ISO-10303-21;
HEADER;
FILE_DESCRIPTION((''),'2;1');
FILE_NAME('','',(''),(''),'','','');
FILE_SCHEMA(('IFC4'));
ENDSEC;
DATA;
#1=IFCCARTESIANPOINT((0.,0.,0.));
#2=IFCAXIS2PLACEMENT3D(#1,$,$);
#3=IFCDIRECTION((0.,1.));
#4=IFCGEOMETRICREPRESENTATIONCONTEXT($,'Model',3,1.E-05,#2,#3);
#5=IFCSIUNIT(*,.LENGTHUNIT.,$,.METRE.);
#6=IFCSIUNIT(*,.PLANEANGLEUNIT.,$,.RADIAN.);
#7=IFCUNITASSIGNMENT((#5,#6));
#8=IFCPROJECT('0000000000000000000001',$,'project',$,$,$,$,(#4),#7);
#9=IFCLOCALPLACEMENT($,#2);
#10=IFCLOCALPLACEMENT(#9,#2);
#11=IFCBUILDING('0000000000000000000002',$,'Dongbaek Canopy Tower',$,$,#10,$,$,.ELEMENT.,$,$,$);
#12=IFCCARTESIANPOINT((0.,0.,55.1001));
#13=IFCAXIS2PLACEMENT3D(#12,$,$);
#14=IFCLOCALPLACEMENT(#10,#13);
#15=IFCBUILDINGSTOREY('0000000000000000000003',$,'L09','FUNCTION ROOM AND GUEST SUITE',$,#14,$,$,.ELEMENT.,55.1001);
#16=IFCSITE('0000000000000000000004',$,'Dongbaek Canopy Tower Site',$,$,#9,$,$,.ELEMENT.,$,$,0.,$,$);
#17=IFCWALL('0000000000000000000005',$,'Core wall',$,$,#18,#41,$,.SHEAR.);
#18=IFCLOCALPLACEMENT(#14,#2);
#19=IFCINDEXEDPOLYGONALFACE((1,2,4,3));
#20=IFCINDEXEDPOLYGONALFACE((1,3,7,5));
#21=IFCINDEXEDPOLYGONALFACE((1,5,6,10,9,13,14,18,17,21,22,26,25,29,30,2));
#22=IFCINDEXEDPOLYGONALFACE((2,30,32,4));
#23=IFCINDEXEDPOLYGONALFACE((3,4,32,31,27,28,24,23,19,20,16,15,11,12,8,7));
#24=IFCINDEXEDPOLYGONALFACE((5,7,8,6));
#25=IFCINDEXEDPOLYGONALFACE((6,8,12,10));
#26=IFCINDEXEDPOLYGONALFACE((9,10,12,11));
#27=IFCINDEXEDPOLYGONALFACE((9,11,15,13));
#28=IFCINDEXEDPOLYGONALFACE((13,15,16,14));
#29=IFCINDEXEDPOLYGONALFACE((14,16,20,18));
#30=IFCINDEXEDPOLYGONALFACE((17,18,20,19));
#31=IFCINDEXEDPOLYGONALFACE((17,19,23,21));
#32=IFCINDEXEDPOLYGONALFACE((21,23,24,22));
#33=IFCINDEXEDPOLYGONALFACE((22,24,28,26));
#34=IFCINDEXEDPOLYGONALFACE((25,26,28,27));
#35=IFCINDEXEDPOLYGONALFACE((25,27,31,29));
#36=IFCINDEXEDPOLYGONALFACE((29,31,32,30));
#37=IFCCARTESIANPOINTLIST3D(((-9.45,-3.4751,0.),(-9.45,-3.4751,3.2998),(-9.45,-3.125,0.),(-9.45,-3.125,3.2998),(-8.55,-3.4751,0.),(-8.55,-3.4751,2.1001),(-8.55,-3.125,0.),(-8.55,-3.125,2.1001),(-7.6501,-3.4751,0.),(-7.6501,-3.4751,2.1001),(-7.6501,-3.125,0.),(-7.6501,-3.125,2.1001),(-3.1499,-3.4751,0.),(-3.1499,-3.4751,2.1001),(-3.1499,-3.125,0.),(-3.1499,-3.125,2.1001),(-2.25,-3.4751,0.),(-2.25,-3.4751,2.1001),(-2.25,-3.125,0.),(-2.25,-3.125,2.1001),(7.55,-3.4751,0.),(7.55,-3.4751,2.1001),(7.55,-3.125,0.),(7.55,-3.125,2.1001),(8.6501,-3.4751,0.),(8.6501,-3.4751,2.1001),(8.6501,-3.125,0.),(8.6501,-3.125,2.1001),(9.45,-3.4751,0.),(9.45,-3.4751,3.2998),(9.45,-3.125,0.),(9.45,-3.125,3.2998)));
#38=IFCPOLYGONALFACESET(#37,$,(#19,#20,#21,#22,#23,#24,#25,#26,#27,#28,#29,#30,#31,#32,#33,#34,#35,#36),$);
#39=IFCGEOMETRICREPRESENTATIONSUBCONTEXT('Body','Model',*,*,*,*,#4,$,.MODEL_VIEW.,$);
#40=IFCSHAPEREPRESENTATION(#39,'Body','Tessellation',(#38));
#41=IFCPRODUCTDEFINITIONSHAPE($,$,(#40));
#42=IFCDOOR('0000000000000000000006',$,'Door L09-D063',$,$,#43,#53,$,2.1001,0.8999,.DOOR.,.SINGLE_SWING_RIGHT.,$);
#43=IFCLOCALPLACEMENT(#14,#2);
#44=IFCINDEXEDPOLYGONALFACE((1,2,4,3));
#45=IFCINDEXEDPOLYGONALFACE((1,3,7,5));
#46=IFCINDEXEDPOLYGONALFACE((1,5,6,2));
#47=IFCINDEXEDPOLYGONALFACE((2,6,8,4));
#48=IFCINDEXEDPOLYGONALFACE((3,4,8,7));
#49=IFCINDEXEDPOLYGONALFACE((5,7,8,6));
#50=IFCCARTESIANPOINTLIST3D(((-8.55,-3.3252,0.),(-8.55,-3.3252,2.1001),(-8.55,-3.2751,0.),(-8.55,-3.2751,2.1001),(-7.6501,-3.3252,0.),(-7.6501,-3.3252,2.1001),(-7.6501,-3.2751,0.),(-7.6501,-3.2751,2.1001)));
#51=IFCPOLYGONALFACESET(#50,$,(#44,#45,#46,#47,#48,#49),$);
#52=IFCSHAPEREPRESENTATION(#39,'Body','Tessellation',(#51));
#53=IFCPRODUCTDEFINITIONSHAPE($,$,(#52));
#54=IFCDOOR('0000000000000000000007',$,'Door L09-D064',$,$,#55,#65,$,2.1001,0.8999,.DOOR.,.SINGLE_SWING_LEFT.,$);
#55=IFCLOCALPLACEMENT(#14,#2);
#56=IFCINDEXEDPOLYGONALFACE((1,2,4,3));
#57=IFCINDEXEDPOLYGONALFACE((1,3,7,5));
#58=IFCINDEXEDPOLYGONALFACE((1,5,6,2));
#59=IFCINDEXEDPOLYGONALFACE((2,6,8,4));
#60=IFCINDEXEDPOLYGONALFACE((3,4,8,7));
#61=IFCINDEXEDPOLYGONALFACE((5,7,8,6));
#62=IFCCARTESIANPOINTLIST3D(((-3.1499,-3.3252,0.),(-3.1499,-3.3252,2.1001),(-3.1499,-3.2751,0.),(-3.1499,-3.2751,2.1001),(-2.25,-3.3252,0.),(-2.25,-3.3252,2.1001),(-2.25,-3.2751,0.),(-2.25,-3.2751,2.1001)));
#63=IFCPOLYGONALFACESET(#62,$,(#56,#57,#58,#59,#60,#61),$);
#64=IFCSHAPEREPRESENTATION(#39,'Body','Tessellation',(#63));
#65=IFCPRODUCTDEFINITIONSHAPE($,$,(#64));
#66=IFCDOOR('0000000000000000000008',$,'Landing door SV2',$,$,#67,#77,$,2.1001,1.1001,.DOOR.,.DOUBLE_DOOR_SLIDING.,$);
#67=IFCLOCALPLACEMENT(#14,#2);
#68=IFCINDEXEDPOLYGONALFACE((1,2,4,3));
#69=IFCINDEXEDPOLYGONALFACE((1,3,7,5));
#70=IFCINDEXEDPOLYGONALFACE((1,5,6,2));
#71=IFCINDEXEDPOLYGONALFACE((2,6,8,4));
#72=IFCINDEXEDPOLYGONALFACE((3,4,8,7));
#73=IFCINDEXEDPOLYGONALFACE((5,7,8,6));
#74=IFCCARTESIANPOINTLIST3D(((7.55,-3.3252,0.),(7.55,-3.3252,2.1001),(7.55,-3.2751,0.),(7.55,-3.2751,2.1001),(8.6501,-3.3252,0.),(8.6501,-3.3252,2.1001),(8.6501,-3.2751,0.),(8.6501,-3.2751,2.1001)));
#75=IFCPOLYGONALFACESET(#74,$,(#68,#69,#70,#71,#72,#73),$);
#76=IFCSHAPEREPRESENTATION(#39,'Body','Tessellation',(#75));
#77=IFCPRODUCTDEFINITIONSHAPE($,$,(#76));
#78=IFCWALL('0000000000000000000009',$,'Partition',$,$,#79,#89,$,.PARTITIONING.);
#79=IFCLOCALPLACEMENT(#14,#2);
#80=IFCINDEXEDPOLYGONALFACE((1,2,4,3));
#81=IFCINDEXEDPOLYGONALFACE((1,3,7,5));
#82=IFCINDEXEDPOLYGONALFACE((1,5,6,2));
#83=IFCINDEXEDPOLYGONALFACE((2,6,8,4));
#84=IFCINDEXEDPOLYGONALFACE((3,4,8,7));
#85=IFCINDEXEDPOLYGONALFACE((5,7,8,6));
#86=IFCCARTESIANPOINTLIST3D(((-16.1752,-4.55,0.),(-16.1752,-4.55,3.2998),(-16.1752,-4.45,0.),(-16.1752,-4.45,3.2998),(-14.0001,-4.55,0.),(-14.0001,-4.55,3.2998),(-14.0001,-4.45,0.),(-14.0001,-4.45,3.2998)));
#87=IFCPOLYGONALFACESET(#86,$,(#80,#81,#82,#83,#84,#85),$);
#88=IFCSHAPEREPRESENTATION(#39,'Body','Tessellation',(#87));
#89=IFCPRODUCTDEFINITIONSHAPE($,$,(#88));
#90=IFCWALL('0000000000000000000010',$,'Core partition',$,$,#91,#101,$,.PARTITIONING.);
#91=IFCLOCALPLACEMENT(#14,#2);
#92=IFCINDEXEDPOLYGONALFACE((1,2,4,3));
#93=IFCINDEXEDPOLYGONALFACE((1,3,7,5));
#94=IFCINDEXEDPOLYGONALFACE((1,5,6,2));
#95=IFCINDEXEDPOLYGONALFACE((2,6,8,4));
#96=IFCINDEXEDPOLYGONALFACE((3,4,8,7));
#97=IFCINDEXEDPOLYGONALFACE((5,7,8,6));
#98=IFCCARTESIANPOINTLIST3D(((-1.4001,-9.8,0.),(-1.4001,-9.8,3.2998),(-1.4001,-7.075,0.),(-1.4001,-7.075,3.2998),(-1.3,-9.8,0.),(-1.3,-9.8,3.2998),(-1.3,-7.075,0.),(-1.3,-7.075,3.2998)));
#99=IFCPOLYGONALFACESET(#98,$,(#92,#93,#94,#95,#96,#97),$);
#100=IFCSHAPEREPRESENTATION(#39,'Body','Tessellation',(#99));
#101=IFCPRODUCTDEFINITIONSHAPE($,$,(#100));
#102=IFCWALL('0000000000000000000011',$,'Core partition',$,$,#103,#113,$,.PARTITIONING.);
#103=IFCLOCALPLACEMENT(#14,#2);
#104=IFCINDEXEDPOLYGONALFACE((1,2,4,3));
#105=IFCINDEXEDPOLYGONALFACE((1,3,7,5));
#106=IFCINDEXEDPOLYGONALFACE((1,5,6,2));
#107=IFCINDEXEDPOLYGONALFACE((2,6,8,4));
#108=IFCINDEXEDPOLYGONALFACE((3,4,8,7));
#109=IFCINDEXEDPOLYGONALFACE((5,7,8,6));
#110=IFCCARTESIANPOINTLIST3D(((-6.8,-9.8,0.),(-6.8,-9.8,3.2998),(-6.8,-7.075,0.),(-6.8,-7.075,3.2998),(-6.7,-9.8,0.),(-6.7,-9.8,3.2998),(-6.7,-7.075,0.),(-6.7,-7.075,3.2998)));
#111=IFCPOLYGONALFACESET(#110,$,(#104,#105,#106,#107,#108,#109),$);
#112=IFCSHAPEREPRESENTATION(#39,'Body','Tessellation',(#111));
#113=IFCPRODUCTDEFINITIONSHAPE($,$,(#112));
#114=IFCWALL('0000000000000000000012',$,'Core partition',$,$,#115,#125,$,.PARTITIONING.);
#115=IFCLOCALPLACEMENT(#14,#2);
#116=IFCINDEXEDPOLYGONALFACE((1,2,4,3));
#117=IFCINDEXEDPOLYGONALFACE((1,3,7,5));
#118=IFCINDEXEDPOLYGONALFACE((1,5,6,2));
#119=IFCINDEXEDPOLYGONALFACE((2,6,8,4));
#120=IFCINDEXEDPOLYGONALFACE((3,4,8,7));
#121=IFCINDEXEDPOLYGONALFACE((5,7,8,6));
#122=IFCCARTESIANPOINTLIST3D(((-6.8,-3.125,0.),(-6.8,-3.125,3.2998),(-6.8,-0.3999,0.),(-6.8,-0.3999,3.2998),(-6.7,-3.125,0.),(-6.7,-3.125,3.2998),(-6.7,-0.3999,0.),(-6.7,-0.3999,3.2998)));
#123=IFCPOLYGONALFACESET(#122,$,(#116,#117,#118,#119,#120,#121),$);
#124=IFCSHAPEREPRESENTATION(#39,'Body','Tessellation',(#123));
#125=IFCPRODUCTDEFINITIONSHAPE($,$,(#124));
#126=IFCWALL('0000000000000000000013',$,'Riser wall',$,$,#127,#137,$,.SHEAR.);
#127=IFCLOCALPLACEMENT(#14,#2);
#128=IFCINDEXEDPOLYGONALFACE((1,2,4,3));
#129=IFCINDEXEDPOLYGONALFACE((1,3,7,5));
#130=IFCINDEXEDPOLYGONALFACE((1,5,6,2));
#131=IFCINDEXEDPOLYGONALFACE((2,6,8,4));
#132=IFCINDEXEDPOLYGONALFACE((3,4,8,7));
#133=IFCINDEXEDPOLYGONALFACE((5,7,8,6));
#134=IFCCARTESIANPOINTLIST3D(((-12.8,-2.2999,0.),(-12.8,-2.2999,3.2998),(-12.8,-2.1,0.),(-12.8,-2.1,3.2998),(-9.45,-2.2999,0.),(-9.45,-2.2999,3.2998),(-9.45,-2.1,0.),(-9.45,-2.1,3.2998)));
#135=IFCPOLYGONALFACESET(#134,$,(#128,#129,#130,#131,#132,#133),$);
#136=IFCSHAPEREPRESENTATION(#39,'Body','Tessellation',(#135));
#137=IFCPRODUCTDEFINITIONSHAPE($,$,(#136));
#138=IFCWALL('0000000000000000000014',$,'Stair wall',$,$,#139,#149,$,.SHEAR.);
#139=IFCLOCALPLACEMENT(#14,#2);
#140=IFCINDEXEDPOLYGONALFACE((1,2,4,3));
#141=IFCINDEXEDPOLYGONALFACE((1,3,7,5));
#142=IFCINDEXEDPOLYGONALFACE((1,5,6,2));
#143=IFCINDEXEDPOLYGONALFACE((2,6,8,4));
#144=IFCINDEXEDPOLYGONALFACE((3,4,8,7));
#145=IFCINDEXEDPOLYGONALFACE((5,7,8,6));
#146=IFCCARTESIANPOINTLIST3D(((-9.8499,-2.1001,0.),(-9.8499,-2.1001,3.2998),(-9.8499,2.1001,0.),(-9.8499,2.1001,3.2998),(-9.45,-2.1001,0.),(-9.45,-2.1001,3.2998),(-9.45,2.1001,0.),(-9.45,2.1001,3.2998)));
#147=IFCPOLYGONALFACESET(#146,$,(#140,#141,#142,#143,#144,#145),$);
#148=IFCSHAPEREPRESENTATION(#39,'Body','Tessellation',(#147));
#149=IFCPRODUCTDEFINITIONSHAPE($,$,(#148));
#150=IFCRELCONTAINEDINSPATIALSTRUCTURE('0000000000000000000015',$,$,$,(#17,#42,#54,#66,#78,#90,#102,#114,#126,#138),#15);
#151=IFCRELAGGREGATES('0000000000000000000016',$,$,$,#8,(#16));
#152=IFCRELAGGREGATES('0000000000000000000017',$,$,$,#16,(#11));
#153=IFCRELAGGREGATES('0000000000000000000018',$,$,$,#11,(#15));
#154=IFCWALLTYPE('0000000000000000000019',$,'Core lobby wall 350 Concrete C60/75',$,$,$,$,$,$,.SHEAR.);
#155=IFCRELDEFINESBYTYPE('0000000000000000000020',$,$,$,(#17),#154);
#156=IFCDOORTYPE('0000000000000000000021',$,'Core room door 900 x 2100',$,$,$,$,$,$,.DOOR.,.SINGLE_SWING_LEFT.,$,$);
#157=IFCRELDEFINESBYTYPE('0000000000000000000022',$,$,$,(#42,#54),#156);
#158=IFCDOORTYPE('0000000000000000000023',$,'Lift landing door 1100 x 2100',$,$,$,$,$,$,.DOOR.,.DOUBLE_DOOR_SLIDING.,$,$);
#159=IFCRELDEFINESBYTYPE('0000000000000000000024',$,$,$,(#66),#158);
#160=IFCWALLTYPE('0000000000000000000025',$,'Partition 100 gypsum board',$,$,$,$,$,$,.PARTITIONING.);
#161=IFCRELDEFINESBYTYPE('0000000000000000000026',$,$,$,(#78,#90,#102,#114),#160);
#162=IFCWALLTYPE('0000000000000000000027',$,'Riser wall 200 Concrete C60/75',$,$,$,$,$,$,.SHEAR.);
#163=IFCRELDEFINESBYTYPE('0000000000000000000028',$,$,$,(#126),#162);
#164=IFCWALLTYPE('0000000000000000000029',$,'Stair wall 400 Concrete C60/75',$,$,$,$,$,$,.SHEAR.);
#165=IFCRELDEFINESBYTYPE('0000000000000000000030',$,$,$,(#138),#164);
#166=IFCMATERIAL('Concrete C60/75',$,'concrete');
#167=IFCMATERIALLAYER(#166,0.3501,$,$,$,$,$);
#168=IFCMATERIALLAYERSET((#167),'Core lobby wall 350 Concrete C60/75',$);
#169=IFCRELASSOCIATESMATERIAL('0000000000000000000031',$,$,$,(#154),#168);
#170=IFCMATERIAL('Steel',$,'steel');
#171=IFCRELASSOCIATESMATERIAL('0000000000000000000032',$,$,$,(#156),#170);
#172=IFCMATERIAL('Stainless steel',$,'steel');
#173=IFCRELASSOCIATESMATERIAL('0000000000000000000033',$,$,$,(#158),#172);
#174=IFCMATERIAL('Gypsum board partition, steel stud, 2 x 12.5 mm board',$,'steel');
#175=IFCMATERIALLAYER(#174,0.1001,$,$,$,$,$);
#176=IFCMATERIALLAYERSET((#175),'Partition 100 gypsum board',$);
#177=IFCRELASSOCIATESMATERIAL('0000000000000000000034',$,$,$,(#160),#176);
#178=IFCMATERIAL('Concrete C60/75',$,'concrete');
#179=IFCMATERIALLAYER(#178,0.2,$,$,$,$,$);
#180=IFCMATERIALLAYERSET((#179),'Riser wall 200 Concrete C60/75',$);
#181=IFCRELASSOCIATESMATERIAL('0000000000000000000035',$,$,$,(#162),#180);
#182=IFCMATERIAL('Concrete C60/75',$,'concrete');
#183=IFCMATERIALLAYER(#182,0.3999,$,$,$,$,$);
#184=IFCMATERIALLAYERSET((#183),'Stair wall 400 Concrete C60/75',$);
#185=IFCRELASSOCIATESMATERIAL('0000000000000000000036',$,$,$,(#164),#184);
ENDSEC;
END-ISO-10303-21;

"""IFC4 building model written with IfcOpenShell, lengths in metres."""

from ifc_helpers import new_model, si_unit, direction, frame, frame_2d, origin, place, context, subcontext, project, spatial, rectangle, extrude, material, layer, layer_set, type_object, element, fill, save


model = new_model("IFC4")

# Units and contexts
model_context = context("Model", 3, precision=1e-05, world=origin(), true_north=direction((0.0, 1.0)))
body_context = subcontext(model_context, "Body", "Model", "MODEL_VIEW")
ifc_project = project(units=[si_unit("LENGTHUNIT", "METRE"), si_unit("PLANEANGLEUNIT", "RADIAN")], contexts=[model_context])

# Site, building, storey
site_placement = place(None, origin())
site = spatial("IfcSite", under=ifc_project, at=site_placement, Name="Dongbaek Canopy Tower Site", CompositionType="ELEMENT", RefElevation=0.0)
building_placement = place(site_placement, origin())
building = spatial("IfcBuilding", under=site, at=building_placement, Name="Dongbaek Canopy Tower", CompositionType="ELEMENT")
storey_placement = place(building_placement, frame((0.0, 0.0, 55.1001)))
storey = spatial("IfcBuildingStorey", under=building, at=storey_placement, Name="L09", Description="FUNCTION ROOM AND GUEST SUITE", CompositionType="ELEMENT", Elevation=55.1001)

# Wall, openings, doors
ifc_material_1 = material(Name="Concrete C60/75", Category="concrete")
ifc_layer_1 = layer(ifc_material_1, 0.3501)
ifc_layer_set_1 = layer_set([ifc_layer_1], Name="Core lobby wall 350 Concrete C60/75")
wall_type_1 = type_object("IfcWallType", Name="Core lobby wall 350 Concrete C60/75", PredefinedType="SHEAR", material=ifc_layer_set_1)
wall_1_placement = place(storey_placement, frame((-9.45, -3.3, 0.0), z_axis=(0.0, 0.0, 1.0), x_axis=(1.0, 0.0, 0.0)))
wall_1 = element("IfcWall", 1, at=wall_1_placement, inside=storey, type_object=wall_type_1, Name="Core wall", PredefinedType="SHEAR", context=body_context, shape_type="SweptSolid", body=[
    extrude(rectangle(XDim=18.8999, YDim=0.3501, at=frame_2d((9.45, 0.0))), origin(), (0.0, 0.0, 1.0), 3.2998),
])
opening_1_placement = place(wall_1_placement, frame((17.0, 0.0, 0.0)))
opening_1 = element("IfcOpeningElement", 2, at=opening_1_placement, cuts=wall_1, PredefinedType="OPENING", context=body_context, shape_type="SweptSolid", body=[
    extrude(rectangle(XDim=1.1001, YDim=2.1001, at=frame_2d((0.55, 1.05))), frame((0.0, 0.1851, 0.0), z_axis=(0.0, -1.0, 0.0), x_axis=(1.0, 0.0, 0.0)), (0.0, 0.0, 1.0), 0.3701),
])
opening_2_placement = place(wall_1_placement, frame((0.8999, 0.0, 0.0)))
opening_2 = element("IfcOpeningElement", 3, at=opening_2_placement, cuts=wall_1, PredefinedType="OPENING", context=body_context, shape_type="SweptSolid", body=[
    extrude(rectangle(XDim=0.8999, YDim=2.1001, at=frame_2d((0.45, 1.05))), frame((0.0, 0.1851, 0.0), z_axis=(0.0, -1.0, 0.0), x_axis=(1.0, 0.0, 0.0)), (0.0, 0.0, 1.0), 0.3701),
])
opening_3_placement = place(wall_1_placement, frame((6.3, 0.0, 0.0)))
opening_3 = element("IfcOpeningElement", 4, at=opening_3_placement, cuts=wall_1, PredefinedType="OPENING", context=body_context, shape_type="SweptSolid", body=[
    extrude(rectangle(XDim=0.8999, YDim=2.1001, at=frame_2d((0.45, 1.05))), frame((0.0, 0.1851, 0.0), z_axis=(0.0, -1.0, 0.0), x_axis=(1.0, 0.0, 0.0)), (0.0, 0.0, 1.0), 0.3701),
])
ifc_material_2 = material(Name="Steel", Category="steel")
door_type_1 = type_object("IfcDoorType", Name="Core room door 900 x 2100", OperationType="SINGLE_SWING_LEFT", PredefinedType="DOOR", material=ifc_material_2)
door_1_placement = place(opening_2_placement, origin())
door_1 = element("IfcDoor", 5, at=door_1_placement, inside=storey, type_object=door_type_1, Name="Door L09-D063", OperationType="SINGLE_SWING_RIGHT", OverallHeight=2.1001, OverallWidth=0.8999, PredefinedType="DOOR", context=body_context, shape_type="SweptSolid", body=[
    extrude(rectangle(XDim=0.8999, YDim=2.1001, at=frame_2d((0.45, 1.05))), frame((0.0, 0.0249, 0.0), z_axis=(0.0, -1.0, 0.0), x_axis=(1.0, 0.0, 0.0)), (0.0, 0.0, 1.0), 0.05),
])
fill(opening_2, door_1)
door_2_placement = place(opening_3_placement, origin())
door_2 = element("IfcDoor", 6, at=door_2_placement, inside=storey, type_object=door_type_1, Name="Door L09-D064", OperationType="SINGLE_SWING_LEFT", OverallHeight=2.1001, OverallWidth=0.8999, PredefinedType="DOOR", context=body_context, shape_type="SweptSolid", body=[
    extrude(rectangle(XDim=0.8999, YDim=2.1001, at=frame_2d((0.45, 1.05))), frame((0.0, 0.0249, 0.0), z_axis=(0.0, -1.0, 0.0), x_axis=(1.0, 0.0, 0.0)), (0.0, 0.0, 1.0), 0.05),
])
fill(opening_3, door_2)
ifc_material_3 = material(Name="Stainless steel", Category="steel")
door_type_2 = type_object("IfcDoorType", Name="Lift landing door 1100 x 2100", OperationType="DOUBLE_DOOR_SLIDING", PredefinedType="DOOR", material=ifc_material_3)
door_3_placement = place(opening_1_placement, origin())
door_3 = element("IfcDoor", 7, at=door_3_placement, inside=storey, type_object=door_type_2, Name="Landing door SV2", OperationType="DOUBLE_DOOR_SLIDING", OverallHeight=2.1001, OverallWidth=1.1001, PredefinedType="DOOR", context=body_context, shape_type="SweptSolid", body=[
    extrude(rectangle(XDim=1.1001, YDim=2.1001, at=frame_2d((0.55, 1.05))), frame((0.0, 0.0249, 0.0), z_axis=(0.0, -1.0, 0.0), x_axis=(1.0, 0.0, 0.0)), (0.0, 0.0, 1.0), 0.05),
])
fill(opening_1, door_3)

# Walls
ifc_material_4 = material(Name="Gypsum board partition, steel stud, 2 x 12.5 mm board", Category="steel")
ifc_layer_2 = layer(ifc_material_4, 0.1001)
ifc_layer_set_2 = layer_set([ifc_layer_2], Name="Partition 100 gypsum board")
wall_type_2 = type_object("IfcWallType", Name="Partition 100 gypsum board", PredefinedType="PARTITIONING", material=ifc_layer_set_2)
wall_2_placement = place(storey_placement, frame((-16.175, -4.5, 0.0), z_axis=(0.0, 0.0, 1.0), x_axis=(1.0, 0.0, 0.0)))
element("IfcWall", 8, at=wall_2_placement, inside=storey, type_object=wall_type_2, Name="Partition", PredefinedType="PARTITIONING", context=body_context, shape_type="SweptSolid", body=[
    extrude(rectangle(XDim=2.175, YDim=0.1001, at=frame_2d((1.0874, 0.0))), origin(), (0.0, 0.0, 1.0), 3.2998),
])
for number, where, z_axis, x_axis, name in (
    (9, (-1.3501, -9.8, 0.0), (0.0, 0.0, 1.0), (0.0, 1.0, 0.0), "Core partition"),
    (10, (-6.75, -9.8, 0.0), (0.0, 0.0, 1.0), (0.0, 1.0, 0.0), "Core partition"),
    (11, (-6.75, -3.125, 0.0), (0.0, 0.0, 1.0), (0.0, 1.0, 0.0), "Core partition"),
):
    element("IfcWall", number, at=place(storey_placement, frame(where, z_axis=z_axis, x_axis=x_axis)), inside=storey, type_object=wall_type_2, Name=name, PredefinedType="PARTITIONING", context=body_context, shape_type="SweptSolid", body=[
        extrude(rectangle(XDim=2.7251, YDim=0.1001, at=frame_2d((1.3625, 0.0))), origin(), (0.0, 0.0, 1.0), 3.2998),
    ])
ifc_material_5 = material(Name="Concrete C60/75", Category="concrete")
ifc_layer_3 = layer(ifc_material_5, 0.2)
ifc_layer_set_3 = layer_set([ifc_layer_3], Name="Riser wall 200 Concrete C60/75")
wall_type_3 = type_object("IfcWallType", Name="Riser wall 200 Concrete C60/75", PredefinedType="SHEAR", material=ifc_layer_set_3)
wall_3_placement = place(storey_placement, frame((-9.45, -2.2, 0.0), z_axis=(0.0, 0.0, 1.0), x_axis=(-1.0, 0.0, 0.0)))
element("IfcWall", 12, at=wall_3_placement, inside=storey, type_object=wall_type_3, Name="Riser wall", PredefinedType="SHEAR", context=body_context, shape_type="SweptSolid", body=[
    extrude(rectangle(XDim=3.3501, YDim=0.2, at=frame_2d((1.675, 0.0))), origin(), (0.0, 0.0, 1.0), 3.2998),
])
ifc_material_6 = material(Name="Concrete C60/75", Category="concrete")
ifc_layer_4 = layer(ifc_material_6, 0.3999)
ifc_layer_set_4 = layer_set([ifc_layer_4], Name="Stair wall 400 Concrete C60/75")
wall_type_4 = type_object("IfcWallType", Name="Stair wall 400 Concrete C60/75", PredefinedType="SHEAR", material=ifc_layer_set_4)
wall_4_placement = place(storey_placement, frame((-9.6499, -2.1001, 0.0), z_axis=(0.0, 0.0, 1.0), x_axis=(0.0, 1.0, 0.0)))
element("IfcWall", 13, at=wall_4_placement, inside=storey, type_object=wall_type_4, Name="Stair wall", PredefinedType="SHEAR", context=body_context, shape_type="SweptSolid", body=[
    extrude(rectangle(XDim=4.2002, YDim=0.3999, at=frame_2d((2.1001, 0.0))), origin(), (0.0, 0.0, 1.0), 3.2998),
])

save(model, "model.ifc")
